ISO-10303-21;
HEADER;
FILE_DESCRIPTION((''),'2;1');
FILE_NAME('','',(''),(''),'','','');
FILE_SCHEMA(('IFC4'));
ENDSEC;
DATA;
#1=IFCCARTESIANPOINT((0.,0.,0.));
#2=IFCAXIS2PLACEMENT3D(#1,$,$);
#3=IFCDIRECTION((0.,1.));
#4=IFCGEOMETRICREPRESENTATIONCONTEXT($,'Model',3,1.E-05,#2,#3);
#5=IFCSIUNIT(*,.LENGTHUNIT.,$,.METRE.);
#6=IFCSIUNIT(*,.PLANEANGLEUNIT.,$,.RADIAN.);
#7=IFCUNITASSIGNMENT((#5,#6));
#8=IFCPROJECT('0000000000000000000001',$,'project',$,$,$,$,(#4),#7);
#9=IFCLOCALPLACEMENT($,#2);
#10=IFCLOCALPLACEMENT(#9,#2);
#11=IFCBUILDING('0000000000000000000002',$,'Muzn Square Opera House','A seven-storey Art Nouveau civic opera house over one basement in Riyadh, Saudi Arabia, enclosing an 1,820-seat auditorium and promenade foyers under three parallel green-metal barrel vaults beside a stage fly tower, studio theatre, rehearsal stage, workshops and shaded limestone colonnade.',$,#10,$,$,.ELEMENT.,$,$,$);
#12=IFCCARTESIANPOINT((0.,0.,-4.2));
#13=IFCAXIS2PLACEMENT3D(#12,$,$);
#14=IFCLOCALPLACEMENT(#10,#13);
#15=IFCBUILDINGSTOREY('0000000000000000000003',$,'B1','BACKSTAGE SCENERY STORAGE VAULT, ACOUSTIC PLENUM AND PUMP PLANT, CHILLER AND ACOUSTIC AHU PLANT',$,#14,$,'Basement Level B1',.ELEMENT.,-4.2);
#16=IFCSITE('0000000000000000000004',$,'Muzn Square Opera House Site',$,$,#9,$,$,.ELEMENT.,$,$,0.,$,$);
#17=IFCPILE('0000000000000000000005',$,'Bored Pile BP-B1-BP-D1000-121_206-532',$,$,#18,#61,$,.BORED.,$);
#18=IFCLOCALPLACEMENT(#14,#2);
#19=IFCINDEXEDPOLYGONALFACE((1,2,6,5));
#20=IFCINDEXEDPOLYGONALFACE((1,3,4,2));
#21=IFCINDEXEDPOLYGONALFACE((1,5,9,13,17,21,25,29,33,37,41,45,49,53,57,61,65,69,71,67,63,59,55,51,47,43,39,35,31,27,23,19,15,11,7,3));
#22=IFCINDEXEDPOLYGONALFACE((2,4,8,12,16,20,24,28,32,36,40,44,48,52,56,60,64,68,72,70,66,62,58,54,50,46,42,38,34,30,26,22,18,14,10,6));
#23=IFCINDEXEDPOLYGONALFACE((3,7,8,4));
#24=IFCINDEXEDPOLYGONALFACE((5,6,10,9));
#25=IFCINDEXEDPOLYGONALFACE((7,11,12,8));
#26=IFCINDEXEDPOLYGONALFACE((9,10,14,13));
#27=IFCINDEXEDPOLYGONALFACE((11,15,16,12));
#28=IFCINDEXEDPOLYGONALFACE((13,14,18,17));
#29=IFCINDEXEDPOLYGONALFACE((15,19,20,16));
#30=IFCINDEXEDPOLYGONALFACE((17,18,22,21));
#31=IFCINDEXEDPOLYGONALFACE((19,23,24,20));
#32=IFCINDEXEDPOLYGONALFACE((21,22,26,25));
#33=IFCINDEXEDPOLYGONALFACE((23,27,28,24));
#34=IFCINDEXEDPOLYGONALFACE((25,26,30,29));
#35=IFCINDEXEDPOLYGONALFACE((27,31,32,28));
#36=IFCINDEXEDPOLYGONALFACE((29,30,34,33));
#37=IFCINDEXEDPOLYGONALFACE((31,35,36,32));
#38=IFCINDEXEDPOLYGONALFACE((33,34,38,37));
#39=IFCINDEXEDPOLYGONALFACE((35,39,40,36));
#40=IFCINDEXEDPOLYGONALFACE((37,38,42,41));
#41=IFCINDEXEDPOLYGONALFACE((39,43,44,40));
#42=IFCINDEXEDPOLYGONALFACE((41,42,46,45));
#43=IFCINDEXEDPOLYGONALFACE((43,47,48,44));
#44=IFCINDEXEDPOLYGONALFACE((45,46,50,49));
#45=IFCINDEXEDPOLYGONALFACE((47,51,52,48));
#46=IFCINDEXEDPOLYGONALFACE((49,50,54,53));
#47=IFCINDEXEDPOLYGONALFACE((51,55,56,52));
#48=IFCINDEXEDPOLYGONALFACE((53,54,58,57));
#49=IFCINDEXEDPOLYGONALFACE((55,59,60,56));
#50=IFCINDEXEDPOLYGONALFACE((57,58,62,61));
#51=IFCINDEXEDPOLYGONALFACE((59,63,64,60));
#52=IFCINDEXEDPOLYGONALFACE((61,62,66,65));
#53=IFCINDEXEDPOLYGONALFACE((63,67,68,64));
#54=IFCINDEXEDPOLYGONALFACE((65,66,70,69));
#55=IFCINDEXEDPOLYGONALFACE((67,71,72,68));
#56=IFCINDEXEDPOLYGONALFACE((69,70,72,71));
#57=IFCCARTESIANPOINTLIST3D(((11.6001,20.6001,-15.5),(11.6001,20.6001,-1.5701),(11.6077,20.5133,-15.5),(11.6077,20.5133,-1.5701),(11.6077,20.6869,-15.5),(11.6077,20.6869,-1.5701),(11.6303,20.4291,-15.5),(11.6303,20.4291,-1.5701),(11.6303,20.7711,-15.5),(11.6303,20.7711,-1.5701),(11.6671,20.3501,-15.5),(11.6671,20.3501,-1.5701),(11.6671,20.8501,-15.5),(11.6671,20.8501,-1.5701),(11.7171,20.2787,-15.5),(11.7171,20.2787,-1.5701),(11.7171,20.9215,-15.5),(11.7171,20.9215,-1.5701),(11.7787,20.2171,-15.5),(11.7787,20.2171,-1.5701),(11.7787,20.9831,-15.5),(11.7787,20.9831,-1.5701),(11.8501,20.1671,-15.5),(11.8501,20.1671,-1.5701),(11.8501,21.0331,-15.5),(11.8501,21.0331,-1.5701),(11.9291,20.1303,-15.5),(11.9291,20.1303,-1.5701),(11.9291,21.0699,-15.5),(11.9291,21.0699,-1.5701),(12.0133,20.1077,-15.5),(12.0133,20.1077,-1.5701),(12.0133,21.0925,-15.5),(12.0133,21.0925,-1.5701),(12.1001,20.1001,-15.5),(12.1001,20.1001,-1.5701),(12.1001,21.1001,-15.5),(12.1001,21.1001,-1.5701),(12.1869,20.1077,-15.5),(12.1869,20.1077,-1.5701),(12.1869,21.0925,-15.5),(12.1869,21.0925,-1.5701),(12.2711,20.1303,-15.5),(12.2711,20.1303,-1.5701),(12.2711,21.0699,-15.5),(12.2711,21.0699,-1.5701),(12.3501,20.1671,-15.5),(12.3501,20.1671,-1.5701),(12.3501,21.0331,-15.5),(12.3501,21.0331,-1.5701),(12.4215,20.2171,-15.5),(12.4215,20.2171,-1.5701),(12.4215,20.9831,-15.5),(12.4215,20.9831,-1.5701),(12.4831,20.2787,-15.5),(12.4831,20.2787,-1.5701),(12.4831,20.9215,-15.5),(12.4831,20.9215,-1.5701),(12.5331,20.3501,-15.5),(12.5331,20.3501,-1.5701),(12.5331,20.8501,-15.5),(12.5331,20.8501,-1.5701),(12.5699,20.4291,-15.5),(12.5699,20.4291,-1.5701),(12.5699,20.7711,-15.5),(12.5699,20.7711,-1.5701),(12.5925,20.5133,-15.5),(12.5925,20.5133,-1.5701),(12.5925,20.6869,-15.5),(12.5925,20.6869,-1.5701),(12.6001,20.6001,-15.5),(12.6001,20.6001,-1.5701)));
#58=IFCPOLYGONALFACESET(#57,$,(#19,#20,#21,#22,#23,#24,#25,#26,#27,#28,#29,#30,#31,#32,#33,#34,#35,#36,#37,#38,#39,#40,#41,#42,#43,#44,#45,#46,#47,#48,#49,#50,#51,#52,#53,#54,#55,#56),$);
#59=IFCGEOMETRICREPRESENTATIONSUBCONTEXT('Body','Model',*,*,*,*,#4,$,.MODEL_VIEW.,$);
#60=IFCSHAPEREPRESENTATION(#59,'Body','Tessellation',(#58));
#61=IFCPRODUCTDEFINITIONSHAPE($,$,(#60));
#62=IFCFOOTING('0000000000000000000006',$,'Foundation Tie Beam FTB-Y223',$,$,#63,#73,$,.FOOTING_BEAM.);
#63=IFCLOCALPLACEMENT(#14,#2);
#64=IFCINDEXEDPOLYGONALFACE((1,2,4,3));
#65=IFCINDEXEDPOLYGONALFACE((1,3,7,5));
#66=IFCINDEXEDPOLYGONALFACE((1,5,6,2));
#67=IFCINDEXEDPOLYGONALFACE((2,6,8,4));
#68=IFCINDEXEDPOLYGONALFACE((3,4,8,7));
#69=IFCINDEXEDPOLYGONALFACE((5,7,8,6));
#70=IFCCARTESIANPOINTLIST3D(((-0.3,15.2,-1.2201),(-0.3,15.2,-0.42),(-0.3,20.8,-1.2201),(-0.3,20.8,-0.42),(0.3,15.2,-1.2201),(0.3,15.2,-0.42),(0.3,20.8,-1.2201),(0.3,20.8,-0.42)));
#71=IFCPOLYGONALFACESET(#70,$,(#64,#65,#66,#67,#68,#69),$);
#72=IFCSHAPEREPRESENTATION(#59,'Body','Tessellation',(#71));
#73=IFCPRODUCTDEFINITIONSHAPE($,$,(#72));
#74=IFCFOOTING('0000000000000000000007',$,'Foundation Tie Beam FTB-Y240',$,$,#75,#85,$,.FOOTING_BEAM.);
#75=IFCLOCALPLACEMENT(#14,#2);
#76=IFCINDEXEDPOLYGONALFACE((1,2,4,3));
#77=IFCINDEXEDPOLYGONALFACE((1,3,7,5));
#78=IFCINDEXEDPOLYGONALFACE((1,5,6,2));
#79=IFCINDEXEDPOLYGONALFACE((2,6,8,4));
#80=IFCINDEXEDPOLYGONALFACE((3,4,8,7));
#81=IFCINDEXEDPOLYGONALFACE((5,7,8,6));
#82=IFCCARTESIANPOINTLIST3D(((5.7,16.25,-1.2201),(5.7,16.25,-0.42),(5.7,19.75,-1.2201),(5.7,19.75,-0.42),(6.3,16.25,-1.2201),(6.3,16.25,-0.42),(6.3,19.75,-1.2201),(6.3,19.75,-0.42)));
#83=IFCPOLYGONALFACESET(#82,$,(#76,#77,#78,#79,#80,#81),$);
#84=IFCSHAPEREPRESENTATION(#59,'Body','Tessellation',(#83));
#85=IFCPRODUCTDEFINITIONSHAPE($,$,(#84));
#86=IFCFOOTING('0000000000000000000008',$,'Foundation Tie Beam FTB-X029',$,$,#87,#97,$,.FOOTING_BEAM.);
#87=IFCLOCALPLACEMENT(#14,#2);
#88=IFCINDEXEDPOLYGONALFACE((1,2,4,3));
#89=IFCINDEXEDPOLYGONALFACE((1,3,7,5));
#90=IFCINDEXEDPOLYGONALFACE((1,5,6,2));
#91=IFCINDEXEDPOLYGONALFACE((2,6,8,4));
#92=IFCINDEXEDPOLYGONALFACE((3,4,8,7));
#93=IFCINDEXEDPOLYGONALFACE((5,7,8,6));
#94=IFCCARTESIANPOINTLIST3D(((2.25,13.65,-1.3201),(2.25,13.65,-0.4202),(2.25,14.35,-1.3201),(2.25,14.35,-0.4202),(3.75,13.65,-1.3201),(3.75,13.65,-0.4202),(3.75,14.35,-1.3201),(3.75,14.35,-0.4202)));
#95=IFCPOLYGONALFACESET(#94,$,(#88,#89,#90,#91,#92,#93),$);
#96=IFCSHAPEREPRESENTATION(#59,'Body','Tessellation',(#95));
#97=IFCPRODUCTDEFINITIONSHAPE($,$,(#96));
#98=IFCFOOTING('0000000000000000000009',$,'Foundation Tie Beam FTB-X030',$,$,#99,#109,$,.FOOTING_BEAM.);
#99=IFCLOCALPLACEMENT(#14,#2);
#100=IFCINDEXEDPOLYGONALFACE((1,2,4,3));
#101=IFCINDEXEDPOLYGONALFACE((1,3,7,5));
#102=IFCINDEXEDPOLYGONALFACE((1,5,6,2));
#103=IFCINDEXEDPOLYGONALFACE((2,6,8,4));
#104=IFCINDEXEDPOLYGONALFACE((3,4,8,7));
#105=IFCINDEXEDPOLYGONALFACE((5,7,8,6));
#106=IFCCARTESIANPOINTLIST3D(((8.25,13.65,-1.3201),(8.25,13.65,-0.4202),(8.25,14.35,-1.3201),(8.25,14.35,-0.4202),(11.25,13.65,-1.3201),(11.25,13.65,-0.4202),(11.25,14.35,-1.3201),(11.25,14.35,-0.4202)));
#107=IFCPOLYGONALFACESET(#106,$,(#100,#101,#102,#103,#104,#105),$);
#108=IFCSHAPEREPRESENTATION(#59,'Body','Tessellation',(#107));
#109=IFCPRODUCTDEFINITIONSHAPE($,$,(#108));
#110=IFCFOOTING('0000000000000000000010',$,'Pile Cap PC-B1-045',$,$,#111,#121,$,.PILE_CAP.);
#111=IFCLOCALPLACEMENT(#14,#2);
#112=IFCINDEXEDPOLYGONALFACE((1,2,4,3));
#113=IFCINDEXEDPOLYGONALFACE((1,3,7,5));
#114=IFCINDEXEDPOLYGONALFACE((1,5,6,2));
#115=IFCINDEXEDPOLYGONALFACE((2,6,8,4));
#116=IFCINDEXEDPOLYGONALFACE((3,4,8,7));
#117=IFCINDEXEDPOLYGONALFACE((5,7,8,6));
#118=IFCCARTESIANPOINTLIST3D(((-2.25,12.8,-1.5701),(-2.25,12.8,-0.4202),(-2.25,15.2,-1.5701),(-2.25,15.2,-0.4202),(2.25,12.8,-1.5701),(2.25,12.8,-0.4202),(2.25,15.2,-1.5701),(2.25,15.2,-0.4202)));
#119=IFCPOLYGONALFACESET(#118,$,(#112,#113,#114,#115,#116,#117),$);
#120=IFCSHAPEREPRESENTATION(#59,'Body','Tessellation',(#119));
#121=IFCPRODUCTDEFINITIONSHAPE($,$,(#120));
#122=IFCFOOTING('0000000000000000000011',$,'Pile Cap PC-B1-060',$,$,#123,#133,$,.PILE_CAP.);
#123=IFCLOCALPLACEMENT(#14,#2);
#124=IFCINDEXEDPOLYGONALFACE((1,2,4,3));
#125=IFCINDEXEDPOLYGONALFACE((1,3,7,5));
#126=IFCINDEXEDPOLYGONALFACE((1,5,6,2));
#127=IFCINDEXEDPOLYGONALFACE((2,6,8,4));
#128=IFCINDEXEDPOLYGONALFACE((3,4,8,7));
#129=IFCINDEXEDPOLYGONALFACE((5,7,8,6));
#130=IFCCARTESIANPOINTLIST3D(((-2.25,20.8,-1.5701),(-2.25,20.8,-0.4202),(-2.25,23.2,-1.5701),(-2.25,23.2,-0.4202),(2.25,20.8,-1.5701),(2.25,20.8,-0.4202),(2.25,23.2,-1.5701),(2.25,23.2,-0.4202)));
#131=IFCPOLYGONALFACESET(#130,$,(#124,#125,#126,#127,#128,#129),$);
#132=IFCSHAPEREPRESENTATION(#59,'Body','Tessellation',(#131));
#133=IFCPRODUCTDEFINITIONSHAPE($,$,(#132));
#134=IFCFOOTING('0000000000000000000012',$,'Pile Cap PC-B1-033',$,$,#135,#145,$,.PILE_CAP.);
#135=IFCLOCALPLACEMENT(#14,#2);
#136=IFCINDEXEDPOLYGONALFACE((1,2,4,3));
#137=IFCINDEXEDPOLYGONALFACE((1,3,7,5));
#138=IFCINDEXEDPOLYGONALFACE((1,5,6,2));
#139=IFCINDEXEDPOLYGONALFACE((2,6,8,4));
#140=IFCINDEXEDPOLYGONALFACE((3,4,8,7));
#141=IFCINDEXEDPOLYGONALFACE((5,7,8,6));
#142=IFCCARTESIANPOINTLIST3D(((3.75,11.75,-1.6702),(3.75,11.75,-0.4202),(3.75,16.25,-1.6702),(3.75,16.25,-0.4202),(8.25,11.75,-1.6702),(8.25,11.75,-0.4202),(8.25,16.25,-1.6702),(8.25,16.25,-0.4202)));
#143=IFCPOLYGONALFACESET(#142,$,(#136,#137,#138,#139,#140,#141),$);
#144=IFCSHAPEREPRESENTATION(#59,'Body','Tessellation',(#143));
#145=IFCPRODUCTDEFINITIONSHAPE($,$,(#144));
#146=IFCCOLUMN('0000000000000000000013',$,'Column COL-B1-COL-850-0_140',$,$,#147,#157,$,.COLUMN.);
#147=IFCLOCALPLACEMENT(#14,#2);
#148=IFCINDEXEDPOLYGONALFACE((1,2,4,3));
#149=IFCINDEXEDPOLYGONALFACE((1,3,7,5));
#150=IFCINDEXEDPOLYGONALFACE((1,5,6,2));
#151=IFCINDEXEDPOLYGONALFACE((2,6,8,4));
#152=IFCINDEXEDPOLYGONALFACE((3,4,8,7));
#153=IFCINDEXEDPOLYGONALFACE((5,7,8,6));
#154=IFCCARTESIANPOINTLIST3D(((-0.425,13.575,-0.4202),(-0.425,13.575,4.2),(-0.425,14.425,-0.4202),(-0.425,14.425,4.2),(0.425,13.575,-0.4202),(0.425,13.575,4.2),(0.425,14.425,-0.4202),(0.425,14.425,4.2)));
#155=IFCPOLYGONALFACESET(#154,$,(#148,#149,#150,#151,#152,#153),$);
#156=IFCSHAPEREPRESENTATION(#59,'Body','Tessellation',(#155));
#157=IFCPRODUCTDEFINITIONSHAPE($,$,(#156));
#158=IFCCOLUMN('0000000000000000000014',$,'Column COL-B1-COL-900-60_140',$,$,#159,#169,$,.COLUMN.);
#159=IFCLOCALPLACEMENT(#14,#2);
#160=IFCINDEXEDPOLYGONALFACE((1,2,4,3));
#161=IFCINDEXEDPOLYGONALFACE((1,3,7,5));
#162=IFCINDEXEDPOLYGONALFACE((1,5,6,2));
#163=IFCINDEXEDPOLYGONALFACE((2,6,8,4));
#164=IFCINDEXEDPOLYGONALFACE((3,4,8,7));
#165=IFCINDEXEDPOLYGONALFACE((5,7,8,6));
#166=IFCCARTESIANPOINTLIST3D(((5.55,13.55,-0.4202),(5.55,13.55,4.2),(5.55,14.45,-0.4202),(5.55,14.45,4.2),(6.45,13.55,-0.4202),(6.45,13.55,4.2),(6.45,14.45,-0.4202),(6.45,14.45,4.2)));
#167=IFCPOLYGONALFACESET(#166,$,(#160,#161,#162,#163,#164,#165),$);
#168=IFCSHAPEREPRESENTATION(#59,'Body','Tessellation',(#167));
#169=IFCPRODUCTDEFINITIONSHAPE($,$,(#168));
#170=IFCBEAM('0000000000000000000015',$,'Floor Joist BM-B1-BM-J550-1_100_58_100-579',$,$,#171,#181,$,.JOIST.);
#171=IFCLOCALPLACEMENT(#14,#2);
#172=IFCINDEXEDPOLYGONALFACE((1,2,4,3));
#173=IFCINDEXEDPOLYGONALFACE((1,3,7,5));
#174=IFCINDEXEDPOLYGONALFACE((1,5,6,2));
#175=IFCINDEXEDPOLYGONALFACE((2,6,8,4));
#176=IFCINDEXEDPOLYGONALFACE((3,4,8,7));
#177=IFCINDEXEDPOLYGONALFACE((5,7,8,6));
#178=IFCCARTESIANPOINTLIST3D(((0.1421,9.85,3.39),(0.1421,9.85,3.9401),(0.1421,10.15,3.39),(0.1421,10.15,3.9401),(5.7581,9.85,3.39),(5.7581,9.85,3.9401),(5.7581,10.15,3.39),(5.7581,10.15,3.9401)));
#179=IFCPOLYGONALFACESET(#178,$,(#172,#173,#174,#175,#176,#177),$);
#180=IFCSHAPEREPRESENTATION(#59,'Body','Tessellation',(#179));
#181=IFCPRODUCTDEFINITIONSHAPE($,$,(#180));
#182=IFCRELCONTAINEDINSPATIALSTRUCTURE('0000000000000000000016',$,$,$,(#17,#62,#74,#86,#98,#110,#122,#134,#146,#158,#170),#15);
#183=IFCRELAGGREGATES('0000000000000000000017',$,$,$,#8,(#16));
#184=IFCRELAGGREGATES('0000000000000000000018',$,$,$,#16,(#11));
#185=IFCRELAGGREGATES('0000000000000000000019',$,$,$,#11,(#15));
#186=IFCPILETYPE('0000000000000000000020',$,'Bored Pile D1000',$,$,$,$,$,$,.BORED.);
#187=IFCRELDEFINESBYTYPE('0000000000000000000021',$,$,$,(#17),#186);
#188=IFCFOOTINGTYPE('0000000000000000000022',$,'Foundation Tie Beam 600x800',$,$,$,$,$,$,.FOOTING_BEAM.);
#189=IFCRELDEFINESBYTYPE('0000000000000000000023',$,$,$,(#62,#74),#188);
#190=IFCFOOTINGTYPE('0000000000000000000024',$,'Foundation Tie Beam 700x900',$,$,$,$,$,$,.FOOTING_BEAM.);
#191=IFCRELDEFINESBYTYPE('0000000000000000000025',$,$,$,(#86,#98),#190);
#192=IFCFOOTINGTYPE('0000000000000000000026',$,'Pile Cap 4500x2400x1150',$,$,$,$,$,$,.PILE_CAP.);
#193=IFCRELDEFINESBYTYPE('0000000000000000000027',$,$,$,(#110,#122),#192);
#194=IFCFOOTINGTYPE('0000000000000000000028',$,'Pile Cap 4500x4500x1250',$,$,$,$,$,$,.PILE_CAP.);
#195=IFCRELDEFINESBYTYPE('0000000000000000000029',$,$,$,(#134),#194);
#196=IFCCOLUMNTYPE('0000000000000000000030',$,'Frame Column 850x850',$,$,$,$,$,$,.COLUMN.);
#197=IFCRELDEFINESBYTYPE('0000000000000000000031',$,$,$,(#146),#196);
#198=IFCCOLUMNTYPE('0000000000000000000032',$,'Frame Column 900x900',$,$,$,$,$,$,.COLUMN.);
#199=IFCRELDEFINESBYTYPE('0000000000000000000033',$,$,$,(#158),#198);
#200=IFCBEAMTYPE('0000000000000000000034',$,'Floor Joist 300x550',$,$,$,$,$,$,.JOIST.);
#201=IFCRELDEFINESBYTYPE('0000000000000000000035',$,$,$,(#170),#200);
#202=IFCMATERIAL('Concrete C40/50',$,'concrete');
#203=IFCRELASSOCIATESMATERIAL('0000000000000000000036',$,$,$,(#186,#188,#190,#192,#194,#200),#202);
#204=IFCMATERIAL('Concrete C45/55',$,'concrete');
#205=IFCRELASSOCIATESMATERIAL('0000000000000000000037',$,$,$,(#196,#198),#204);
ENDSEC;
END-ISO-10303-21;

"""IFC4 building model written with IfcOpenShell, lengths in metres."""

from ifc_helpers import new_model, si_unit, direction, frame, origin, origin_2d, place, context, subcontext, project, spatial, rectangle, circle, extrude, material, material_profile, profile_set, type_object, element, save


model = new_model("IFC4")

# Units and contexts
model_context = context("Model", 3, precision=1e-05, world=origin(), true_north=direction((0.0, 1.0)))
body_context = subcontext(model_context, "Body", "Model", "MODEL_VIEW")
ifc_project = project(units=[si_unit("LENGTHUNIT", "METRE"), si_unit("PLANEANGLEUNIT", "RADIAN")], contexts=[model_context])

# Site, building, storey
site_placement = place(None, origin())
site = spatial("IfcSite", under=ifc_project, at=site_placement, Name="Muzn Square Opera House Site", CompositionType="ELEMENT", RefElevation=0.0)
building_placement = place(site_placement, origin())
building = spatial("IfcBuilding", under=site, at=building_placement, Name="Muzn Square Opera House", Description="A seven-storey Art Nouveau civic opera house over one basement in Riyadh, Saudi Arabia, enclosing an 1,820-seat auditorium and promenade foyers under three parallel green-metal barrel vaults beside a stage fly tower, studio theatre, rehearsal stage, workshops and shaded limestone colonnade.", CompositionType="ELEMENT")
storey_placement = place(building_placement, frame((0.0, 0.0, -4.2)))
storey = spatial("IfcBuildingStorey", under=building, at=storey_placement, Name="B1", Description="BACKSTAGE SCENERY STORAGE VAULT, ACOUSTIC PLENUM AND PUMP PLANT, CHILLER AND ACOUSTIC AHU PLANT", LongName="Basement Level B1", CompositionType="ELEMENT", Elevation=-4.2)

# Pile
ifc_material_1 = material(Name="Concrete C40/50", Category="concrete")
ifc_material_profile_1 = material_profile(ifc_material_1, circle(Radius=0.5, at=origin_2d()), Name="BORED PILE D1000", Category="concrete")
ifc_profile_set_1 = profile_set([ifc_material_profile_1], Name="Concrete C40/50")
pile_type = type_object("IfcPileType", Name="Bored Pile D1000", PredefinedType="BORED", material=ifc_profile_set_1)
for number, where, z_axis, x_axis, name in (
    (1, (12.1001, 20.6001, -1.5701), (0.0, 0.0, -1.0), (1.0, 0.0, 0.0), "Bored Pile BP-B1-BP-D1000-121_206-532"),
):
    element("IfcPile", number, at=place(storey_placement, frame(where, z_axis=z_axis, x_axis=x_axis)), inside=storey, type_object=pile_type, Name=name, PredefinedType="BORED", context=body_context, shape_type="SweptSolid", body=[
        extrude(circle(Radius=0.5, at=origin_2d()), origin(), (0.0, 0.0, 1.0), 13.9299),
    ])

# Footings
ifc_material_profile_2 = material_profile(ifc_material_1, rectangle(XDim=0.6001, YDim=0.8, at=origin_2d()), Name="RCTB 600x800", Category="concrete")
ifc_profile_set_2 = profile_set([ifc_material_profile_2], Name="Concrete C40/50")
footing_type_1 = type_object("IfcFootingType", Name="Foundation Tie Beam 600x800", PredefinedType="FOOTING_BEAM", material=ifc_profile_set_2)
footing_1_placement = place(storey_placement, frame((0.0, 15.2, -0.8201), z_axis=(0.0, 1.0, 0.0), x_axis=(-1.0, 0.0, 0.0)))
element("IfcFooting", 2, at=footing_1_placement, inside=storey, type_object=footing_type_1, Name="Foundation Tie Beam FTB-Y223", PredefinedType="FOOTING_BEAM", context=body_context, shape_type="SweptSolid", body=[
    extrude(rectangle(XDim=0.6001, YDim=0.8, at=origin_2d()), origin(), (0.0, 0.0, 1.0), 5.6001),
])
footing_2_placement = place(storey_placement, frame((6.0, 16.25, -0.8201), z_axis=(0.0, 1.0, 0.0), x_axis=(-1.0, 0.0, 0.0)))
element("IfcFooting", 3, at=footing_2_placement, inside=storey, type_object=footing_type_1, Name="Foundation Tie Beam FTB-Y240", PredefinedType="FOOTING_BEAM", context=body_context, shape_type="SweptSolid", body=[
    extrude(rectangle(XDim=0.6001, YDim=0.8, at=origin_2d()), origin(), (0.0, 0.0, 1.0), 3.5),
])
ifc_material_profile_3 = material_profile(ifc_material_1, rectangle(XDim=0.7, YDim=0.8999, at=origin_2d()), Name="RCTB 700x900", Category="concrete")
ifc_profile_set_3 = profile_set([ifc_material_profile_3], Name="Concrete C40/50")
footing_type_2 = type_object("IfcFootingType", Name="Foundation Tie Beam 700x900", PredefinedType="FOOTING_BEAM", material=ifc_profile_set_3)
footing_3_placement = place(storey_placement, frame((2.25, 14.0, -0.8701), z_axis=(1.0, 0.0, 0.0), x_axis=(0.0, 1.0, 0.0)))
element("IfcFooting", 4, at=footing_3_placement, inside=storey, type_object=footing_type_2, Name="Foundation Tie Beam FTB-X029", PredefinedType="FOOTING_BEAM", context=body_context, shape_type="SweptSolid", body=[
    extrude(rectangle(XDim=0.7, YDim=0.8999, at=origin_2d()), origin(), (0.0, 0.0, 1.0), 1.5),
])
footing_4_placement = place(storey_placement, frame((8.25, 14.0, -0.8701), z_axis=(1.0, 0.0, 0.0), x_axis=(0.0, 1.0, 0.0)))
element("IfcFooting", 5, at=footing_4_placement, inside=storey, type_object=footing_type_2, Name="Foundation Tie Beam FTB-X030", PredefinedType="FOOTING_BEAM", context=body_context, shape_type="SweptSolid", body=[
    extrude(rectangle(XDim=0.7, YDim=0.8999, at=origin_2d()), origin(), (0.0, 0.0, 1.0), 3.0),
])
footing_type_3 = type_object("IfcFootingType", Name="Pile Cap 4500x2400x1150", PredefinedType="PILE_CAP", material=ifc_material_1)
for number, where, z_axis, x_axis, name in (
    (6, (0.0, 14.0, -1.5701), (0.0, 0.0, 1.0), (1.0, 0.0, 0.0), "Pile Cap PC-B1-045"),
    (7, (0.0, 22.0, -1.5701), (0.0, 0.0, 1.0), (1.0, 0.0, 0.0), "Pile Cap PC-B1-060"),
):
    element("IfcFooting", number, at=place(storey_placement, frame(where, z_axis=z_axis, x_axis=x_axis)), inside=storey, type_object=footing_type_3, Name=name, PredefinedType="PILE_CAP", context=body_context, shape_type="SweptSolid", body=[
        extrude(rectangle(XDim=4.5, YDim=2.3999, at=origin_2d()), origin(), (0.0, 0.0, 1.0), 1.1499),
    ])
footing_type_4 = type_object("IfcFootingType", Name="Pile Cap 4500x4500x1250", PredefinedType="PILE_CAP", material=ifc_material_1)
footing_5_placement = place(storey_placement, frame((6.0, 14.0, -1.6702), z_axis=(0.0, 0.0, 1.0), x_axis=(1.0, 0.0, 0.0)))
element("IfcFooting", 8, at=footing_5_placement, inside=storey, type_object=footing_type_4, Name="Pile Cap PC-B1-033", PredefinedType="PILE_CAP", context=body_context, shape_type="SweptSolid", body=[
    extrude(rectangle(XDim=4.5, YDim=4.5, at=origin_2d()), origin(), (0.0, 0.0, 1.0), 1.25),
])

# Columns
ifc_material_2 = material(Name="Concrete C45/55", Category="concrete")
ifc_material_profile_4 = material_profile(ifc_material_2, rectangle(XDim=0.8501, YDim=0.8501, at=origin_2d()), Name="RC 850x850", Category="concrete")
ifc_profile_set_4 = profile_set([ifc_material_profile_4], Name="Concrete C45/55")
column_type_1 = type_object("IfcColumnType", Name="Frame Column 850x850", PredefinedType="COLUMN", material=ifc_profile_set_4)
column_1_placement = place(storey_placement, frame((0.0, 14.0, -0.4202), z_axis=(0.0, 0.0, 1.0), x_axis=(1.0, 0.0, 0.0)))
element("IfcColumn", 9, at=column_1_placement, inside=storey, type_object=column_type_1, Name="Column COL-B1-COL-850-0_140", PredefinedType="COLUMN", context=body_context, shape_type="SweptSolid", body=[
    extrude(rectangle(XDim=0.8501, YDim=0.8501, at=origin_2d()), origin(), (0.0, 0.0, 1.0), 4.6201),
])
ifc_material_profile_5 = material_profile(ifc_material_2, rectangle(XDim=0.8999, YDim=0.8999, at=origin_2d()), Name="RC 900x900", Category="concrete")
ifc_profile_set_5 = profile_set([ifc_material_profile_5], Name="Concrete C45/55")
column_type_2 = type_object("IfcColumnType", Name="Frame Column 900x900", PredefinedType="COLUMN", material=ifc_profile_set_5)
column_2_placement = place(storey_placement, frame((6.0, 14.0, -0.4202), z_axis=(0.0, 0.0, 1.0), x_axis=(1.0, 0.0, 0.0)))
element("IfcColumn", 10, at=column_2_placement, inside=storey, type_object=column_type_2, Name="Column COL-B1-COL-900-60_140", PredefinedType="COLUMN", context=body_context, shape_type="SweptSolid", body=[
    extrude(rectangle(XDim=0.8999, YDim=0.8999, at=origin_2d()), origin(), (0.0, 0.0, 1.0), 4.6201),
])

# Beam
ifc_material_profile_6 = material_profile(ifc_material_1, rectangle(XDim=0.3, YDim=0.55, at=origin_2d()), Name="RCJ 300x550", Category="concrete")
ifc_profile_set_6 = profile_set([ifc_material_profile_6], Name="Concrete C40/50")
beam_type_1 = type_object("IfcBeamType", Name="Floor Joist 300x550", PredefinedType="JOIST", material=ifc_profile_set_6)
for number, where, z_axis, x_axis, name in (
    (11, (0.1421, 10.0, 3.665), (1.0, 0.0, 0.0), (0.0, 1.0, 0.0), "Floor Joist BM-B1-BM-J550-1_100_58_100-579"),
):
    element("IfcBeam", number, at=place(storey_placement, frame(where, z_axis=z_axis, x_axis=x_axis)), inside=storey, type_object=beam_type_1, Name=name, PredefinedType="JOIST", context=body_context, shape_type="SweptSolid", body=[
        extrude(rectangle(XDim=0.3, YDim=0.55, at=origin_2d()), origin(), (0.0, 0.0, 1.0), 5.616),
    ])

save(model, "model.ifc")
